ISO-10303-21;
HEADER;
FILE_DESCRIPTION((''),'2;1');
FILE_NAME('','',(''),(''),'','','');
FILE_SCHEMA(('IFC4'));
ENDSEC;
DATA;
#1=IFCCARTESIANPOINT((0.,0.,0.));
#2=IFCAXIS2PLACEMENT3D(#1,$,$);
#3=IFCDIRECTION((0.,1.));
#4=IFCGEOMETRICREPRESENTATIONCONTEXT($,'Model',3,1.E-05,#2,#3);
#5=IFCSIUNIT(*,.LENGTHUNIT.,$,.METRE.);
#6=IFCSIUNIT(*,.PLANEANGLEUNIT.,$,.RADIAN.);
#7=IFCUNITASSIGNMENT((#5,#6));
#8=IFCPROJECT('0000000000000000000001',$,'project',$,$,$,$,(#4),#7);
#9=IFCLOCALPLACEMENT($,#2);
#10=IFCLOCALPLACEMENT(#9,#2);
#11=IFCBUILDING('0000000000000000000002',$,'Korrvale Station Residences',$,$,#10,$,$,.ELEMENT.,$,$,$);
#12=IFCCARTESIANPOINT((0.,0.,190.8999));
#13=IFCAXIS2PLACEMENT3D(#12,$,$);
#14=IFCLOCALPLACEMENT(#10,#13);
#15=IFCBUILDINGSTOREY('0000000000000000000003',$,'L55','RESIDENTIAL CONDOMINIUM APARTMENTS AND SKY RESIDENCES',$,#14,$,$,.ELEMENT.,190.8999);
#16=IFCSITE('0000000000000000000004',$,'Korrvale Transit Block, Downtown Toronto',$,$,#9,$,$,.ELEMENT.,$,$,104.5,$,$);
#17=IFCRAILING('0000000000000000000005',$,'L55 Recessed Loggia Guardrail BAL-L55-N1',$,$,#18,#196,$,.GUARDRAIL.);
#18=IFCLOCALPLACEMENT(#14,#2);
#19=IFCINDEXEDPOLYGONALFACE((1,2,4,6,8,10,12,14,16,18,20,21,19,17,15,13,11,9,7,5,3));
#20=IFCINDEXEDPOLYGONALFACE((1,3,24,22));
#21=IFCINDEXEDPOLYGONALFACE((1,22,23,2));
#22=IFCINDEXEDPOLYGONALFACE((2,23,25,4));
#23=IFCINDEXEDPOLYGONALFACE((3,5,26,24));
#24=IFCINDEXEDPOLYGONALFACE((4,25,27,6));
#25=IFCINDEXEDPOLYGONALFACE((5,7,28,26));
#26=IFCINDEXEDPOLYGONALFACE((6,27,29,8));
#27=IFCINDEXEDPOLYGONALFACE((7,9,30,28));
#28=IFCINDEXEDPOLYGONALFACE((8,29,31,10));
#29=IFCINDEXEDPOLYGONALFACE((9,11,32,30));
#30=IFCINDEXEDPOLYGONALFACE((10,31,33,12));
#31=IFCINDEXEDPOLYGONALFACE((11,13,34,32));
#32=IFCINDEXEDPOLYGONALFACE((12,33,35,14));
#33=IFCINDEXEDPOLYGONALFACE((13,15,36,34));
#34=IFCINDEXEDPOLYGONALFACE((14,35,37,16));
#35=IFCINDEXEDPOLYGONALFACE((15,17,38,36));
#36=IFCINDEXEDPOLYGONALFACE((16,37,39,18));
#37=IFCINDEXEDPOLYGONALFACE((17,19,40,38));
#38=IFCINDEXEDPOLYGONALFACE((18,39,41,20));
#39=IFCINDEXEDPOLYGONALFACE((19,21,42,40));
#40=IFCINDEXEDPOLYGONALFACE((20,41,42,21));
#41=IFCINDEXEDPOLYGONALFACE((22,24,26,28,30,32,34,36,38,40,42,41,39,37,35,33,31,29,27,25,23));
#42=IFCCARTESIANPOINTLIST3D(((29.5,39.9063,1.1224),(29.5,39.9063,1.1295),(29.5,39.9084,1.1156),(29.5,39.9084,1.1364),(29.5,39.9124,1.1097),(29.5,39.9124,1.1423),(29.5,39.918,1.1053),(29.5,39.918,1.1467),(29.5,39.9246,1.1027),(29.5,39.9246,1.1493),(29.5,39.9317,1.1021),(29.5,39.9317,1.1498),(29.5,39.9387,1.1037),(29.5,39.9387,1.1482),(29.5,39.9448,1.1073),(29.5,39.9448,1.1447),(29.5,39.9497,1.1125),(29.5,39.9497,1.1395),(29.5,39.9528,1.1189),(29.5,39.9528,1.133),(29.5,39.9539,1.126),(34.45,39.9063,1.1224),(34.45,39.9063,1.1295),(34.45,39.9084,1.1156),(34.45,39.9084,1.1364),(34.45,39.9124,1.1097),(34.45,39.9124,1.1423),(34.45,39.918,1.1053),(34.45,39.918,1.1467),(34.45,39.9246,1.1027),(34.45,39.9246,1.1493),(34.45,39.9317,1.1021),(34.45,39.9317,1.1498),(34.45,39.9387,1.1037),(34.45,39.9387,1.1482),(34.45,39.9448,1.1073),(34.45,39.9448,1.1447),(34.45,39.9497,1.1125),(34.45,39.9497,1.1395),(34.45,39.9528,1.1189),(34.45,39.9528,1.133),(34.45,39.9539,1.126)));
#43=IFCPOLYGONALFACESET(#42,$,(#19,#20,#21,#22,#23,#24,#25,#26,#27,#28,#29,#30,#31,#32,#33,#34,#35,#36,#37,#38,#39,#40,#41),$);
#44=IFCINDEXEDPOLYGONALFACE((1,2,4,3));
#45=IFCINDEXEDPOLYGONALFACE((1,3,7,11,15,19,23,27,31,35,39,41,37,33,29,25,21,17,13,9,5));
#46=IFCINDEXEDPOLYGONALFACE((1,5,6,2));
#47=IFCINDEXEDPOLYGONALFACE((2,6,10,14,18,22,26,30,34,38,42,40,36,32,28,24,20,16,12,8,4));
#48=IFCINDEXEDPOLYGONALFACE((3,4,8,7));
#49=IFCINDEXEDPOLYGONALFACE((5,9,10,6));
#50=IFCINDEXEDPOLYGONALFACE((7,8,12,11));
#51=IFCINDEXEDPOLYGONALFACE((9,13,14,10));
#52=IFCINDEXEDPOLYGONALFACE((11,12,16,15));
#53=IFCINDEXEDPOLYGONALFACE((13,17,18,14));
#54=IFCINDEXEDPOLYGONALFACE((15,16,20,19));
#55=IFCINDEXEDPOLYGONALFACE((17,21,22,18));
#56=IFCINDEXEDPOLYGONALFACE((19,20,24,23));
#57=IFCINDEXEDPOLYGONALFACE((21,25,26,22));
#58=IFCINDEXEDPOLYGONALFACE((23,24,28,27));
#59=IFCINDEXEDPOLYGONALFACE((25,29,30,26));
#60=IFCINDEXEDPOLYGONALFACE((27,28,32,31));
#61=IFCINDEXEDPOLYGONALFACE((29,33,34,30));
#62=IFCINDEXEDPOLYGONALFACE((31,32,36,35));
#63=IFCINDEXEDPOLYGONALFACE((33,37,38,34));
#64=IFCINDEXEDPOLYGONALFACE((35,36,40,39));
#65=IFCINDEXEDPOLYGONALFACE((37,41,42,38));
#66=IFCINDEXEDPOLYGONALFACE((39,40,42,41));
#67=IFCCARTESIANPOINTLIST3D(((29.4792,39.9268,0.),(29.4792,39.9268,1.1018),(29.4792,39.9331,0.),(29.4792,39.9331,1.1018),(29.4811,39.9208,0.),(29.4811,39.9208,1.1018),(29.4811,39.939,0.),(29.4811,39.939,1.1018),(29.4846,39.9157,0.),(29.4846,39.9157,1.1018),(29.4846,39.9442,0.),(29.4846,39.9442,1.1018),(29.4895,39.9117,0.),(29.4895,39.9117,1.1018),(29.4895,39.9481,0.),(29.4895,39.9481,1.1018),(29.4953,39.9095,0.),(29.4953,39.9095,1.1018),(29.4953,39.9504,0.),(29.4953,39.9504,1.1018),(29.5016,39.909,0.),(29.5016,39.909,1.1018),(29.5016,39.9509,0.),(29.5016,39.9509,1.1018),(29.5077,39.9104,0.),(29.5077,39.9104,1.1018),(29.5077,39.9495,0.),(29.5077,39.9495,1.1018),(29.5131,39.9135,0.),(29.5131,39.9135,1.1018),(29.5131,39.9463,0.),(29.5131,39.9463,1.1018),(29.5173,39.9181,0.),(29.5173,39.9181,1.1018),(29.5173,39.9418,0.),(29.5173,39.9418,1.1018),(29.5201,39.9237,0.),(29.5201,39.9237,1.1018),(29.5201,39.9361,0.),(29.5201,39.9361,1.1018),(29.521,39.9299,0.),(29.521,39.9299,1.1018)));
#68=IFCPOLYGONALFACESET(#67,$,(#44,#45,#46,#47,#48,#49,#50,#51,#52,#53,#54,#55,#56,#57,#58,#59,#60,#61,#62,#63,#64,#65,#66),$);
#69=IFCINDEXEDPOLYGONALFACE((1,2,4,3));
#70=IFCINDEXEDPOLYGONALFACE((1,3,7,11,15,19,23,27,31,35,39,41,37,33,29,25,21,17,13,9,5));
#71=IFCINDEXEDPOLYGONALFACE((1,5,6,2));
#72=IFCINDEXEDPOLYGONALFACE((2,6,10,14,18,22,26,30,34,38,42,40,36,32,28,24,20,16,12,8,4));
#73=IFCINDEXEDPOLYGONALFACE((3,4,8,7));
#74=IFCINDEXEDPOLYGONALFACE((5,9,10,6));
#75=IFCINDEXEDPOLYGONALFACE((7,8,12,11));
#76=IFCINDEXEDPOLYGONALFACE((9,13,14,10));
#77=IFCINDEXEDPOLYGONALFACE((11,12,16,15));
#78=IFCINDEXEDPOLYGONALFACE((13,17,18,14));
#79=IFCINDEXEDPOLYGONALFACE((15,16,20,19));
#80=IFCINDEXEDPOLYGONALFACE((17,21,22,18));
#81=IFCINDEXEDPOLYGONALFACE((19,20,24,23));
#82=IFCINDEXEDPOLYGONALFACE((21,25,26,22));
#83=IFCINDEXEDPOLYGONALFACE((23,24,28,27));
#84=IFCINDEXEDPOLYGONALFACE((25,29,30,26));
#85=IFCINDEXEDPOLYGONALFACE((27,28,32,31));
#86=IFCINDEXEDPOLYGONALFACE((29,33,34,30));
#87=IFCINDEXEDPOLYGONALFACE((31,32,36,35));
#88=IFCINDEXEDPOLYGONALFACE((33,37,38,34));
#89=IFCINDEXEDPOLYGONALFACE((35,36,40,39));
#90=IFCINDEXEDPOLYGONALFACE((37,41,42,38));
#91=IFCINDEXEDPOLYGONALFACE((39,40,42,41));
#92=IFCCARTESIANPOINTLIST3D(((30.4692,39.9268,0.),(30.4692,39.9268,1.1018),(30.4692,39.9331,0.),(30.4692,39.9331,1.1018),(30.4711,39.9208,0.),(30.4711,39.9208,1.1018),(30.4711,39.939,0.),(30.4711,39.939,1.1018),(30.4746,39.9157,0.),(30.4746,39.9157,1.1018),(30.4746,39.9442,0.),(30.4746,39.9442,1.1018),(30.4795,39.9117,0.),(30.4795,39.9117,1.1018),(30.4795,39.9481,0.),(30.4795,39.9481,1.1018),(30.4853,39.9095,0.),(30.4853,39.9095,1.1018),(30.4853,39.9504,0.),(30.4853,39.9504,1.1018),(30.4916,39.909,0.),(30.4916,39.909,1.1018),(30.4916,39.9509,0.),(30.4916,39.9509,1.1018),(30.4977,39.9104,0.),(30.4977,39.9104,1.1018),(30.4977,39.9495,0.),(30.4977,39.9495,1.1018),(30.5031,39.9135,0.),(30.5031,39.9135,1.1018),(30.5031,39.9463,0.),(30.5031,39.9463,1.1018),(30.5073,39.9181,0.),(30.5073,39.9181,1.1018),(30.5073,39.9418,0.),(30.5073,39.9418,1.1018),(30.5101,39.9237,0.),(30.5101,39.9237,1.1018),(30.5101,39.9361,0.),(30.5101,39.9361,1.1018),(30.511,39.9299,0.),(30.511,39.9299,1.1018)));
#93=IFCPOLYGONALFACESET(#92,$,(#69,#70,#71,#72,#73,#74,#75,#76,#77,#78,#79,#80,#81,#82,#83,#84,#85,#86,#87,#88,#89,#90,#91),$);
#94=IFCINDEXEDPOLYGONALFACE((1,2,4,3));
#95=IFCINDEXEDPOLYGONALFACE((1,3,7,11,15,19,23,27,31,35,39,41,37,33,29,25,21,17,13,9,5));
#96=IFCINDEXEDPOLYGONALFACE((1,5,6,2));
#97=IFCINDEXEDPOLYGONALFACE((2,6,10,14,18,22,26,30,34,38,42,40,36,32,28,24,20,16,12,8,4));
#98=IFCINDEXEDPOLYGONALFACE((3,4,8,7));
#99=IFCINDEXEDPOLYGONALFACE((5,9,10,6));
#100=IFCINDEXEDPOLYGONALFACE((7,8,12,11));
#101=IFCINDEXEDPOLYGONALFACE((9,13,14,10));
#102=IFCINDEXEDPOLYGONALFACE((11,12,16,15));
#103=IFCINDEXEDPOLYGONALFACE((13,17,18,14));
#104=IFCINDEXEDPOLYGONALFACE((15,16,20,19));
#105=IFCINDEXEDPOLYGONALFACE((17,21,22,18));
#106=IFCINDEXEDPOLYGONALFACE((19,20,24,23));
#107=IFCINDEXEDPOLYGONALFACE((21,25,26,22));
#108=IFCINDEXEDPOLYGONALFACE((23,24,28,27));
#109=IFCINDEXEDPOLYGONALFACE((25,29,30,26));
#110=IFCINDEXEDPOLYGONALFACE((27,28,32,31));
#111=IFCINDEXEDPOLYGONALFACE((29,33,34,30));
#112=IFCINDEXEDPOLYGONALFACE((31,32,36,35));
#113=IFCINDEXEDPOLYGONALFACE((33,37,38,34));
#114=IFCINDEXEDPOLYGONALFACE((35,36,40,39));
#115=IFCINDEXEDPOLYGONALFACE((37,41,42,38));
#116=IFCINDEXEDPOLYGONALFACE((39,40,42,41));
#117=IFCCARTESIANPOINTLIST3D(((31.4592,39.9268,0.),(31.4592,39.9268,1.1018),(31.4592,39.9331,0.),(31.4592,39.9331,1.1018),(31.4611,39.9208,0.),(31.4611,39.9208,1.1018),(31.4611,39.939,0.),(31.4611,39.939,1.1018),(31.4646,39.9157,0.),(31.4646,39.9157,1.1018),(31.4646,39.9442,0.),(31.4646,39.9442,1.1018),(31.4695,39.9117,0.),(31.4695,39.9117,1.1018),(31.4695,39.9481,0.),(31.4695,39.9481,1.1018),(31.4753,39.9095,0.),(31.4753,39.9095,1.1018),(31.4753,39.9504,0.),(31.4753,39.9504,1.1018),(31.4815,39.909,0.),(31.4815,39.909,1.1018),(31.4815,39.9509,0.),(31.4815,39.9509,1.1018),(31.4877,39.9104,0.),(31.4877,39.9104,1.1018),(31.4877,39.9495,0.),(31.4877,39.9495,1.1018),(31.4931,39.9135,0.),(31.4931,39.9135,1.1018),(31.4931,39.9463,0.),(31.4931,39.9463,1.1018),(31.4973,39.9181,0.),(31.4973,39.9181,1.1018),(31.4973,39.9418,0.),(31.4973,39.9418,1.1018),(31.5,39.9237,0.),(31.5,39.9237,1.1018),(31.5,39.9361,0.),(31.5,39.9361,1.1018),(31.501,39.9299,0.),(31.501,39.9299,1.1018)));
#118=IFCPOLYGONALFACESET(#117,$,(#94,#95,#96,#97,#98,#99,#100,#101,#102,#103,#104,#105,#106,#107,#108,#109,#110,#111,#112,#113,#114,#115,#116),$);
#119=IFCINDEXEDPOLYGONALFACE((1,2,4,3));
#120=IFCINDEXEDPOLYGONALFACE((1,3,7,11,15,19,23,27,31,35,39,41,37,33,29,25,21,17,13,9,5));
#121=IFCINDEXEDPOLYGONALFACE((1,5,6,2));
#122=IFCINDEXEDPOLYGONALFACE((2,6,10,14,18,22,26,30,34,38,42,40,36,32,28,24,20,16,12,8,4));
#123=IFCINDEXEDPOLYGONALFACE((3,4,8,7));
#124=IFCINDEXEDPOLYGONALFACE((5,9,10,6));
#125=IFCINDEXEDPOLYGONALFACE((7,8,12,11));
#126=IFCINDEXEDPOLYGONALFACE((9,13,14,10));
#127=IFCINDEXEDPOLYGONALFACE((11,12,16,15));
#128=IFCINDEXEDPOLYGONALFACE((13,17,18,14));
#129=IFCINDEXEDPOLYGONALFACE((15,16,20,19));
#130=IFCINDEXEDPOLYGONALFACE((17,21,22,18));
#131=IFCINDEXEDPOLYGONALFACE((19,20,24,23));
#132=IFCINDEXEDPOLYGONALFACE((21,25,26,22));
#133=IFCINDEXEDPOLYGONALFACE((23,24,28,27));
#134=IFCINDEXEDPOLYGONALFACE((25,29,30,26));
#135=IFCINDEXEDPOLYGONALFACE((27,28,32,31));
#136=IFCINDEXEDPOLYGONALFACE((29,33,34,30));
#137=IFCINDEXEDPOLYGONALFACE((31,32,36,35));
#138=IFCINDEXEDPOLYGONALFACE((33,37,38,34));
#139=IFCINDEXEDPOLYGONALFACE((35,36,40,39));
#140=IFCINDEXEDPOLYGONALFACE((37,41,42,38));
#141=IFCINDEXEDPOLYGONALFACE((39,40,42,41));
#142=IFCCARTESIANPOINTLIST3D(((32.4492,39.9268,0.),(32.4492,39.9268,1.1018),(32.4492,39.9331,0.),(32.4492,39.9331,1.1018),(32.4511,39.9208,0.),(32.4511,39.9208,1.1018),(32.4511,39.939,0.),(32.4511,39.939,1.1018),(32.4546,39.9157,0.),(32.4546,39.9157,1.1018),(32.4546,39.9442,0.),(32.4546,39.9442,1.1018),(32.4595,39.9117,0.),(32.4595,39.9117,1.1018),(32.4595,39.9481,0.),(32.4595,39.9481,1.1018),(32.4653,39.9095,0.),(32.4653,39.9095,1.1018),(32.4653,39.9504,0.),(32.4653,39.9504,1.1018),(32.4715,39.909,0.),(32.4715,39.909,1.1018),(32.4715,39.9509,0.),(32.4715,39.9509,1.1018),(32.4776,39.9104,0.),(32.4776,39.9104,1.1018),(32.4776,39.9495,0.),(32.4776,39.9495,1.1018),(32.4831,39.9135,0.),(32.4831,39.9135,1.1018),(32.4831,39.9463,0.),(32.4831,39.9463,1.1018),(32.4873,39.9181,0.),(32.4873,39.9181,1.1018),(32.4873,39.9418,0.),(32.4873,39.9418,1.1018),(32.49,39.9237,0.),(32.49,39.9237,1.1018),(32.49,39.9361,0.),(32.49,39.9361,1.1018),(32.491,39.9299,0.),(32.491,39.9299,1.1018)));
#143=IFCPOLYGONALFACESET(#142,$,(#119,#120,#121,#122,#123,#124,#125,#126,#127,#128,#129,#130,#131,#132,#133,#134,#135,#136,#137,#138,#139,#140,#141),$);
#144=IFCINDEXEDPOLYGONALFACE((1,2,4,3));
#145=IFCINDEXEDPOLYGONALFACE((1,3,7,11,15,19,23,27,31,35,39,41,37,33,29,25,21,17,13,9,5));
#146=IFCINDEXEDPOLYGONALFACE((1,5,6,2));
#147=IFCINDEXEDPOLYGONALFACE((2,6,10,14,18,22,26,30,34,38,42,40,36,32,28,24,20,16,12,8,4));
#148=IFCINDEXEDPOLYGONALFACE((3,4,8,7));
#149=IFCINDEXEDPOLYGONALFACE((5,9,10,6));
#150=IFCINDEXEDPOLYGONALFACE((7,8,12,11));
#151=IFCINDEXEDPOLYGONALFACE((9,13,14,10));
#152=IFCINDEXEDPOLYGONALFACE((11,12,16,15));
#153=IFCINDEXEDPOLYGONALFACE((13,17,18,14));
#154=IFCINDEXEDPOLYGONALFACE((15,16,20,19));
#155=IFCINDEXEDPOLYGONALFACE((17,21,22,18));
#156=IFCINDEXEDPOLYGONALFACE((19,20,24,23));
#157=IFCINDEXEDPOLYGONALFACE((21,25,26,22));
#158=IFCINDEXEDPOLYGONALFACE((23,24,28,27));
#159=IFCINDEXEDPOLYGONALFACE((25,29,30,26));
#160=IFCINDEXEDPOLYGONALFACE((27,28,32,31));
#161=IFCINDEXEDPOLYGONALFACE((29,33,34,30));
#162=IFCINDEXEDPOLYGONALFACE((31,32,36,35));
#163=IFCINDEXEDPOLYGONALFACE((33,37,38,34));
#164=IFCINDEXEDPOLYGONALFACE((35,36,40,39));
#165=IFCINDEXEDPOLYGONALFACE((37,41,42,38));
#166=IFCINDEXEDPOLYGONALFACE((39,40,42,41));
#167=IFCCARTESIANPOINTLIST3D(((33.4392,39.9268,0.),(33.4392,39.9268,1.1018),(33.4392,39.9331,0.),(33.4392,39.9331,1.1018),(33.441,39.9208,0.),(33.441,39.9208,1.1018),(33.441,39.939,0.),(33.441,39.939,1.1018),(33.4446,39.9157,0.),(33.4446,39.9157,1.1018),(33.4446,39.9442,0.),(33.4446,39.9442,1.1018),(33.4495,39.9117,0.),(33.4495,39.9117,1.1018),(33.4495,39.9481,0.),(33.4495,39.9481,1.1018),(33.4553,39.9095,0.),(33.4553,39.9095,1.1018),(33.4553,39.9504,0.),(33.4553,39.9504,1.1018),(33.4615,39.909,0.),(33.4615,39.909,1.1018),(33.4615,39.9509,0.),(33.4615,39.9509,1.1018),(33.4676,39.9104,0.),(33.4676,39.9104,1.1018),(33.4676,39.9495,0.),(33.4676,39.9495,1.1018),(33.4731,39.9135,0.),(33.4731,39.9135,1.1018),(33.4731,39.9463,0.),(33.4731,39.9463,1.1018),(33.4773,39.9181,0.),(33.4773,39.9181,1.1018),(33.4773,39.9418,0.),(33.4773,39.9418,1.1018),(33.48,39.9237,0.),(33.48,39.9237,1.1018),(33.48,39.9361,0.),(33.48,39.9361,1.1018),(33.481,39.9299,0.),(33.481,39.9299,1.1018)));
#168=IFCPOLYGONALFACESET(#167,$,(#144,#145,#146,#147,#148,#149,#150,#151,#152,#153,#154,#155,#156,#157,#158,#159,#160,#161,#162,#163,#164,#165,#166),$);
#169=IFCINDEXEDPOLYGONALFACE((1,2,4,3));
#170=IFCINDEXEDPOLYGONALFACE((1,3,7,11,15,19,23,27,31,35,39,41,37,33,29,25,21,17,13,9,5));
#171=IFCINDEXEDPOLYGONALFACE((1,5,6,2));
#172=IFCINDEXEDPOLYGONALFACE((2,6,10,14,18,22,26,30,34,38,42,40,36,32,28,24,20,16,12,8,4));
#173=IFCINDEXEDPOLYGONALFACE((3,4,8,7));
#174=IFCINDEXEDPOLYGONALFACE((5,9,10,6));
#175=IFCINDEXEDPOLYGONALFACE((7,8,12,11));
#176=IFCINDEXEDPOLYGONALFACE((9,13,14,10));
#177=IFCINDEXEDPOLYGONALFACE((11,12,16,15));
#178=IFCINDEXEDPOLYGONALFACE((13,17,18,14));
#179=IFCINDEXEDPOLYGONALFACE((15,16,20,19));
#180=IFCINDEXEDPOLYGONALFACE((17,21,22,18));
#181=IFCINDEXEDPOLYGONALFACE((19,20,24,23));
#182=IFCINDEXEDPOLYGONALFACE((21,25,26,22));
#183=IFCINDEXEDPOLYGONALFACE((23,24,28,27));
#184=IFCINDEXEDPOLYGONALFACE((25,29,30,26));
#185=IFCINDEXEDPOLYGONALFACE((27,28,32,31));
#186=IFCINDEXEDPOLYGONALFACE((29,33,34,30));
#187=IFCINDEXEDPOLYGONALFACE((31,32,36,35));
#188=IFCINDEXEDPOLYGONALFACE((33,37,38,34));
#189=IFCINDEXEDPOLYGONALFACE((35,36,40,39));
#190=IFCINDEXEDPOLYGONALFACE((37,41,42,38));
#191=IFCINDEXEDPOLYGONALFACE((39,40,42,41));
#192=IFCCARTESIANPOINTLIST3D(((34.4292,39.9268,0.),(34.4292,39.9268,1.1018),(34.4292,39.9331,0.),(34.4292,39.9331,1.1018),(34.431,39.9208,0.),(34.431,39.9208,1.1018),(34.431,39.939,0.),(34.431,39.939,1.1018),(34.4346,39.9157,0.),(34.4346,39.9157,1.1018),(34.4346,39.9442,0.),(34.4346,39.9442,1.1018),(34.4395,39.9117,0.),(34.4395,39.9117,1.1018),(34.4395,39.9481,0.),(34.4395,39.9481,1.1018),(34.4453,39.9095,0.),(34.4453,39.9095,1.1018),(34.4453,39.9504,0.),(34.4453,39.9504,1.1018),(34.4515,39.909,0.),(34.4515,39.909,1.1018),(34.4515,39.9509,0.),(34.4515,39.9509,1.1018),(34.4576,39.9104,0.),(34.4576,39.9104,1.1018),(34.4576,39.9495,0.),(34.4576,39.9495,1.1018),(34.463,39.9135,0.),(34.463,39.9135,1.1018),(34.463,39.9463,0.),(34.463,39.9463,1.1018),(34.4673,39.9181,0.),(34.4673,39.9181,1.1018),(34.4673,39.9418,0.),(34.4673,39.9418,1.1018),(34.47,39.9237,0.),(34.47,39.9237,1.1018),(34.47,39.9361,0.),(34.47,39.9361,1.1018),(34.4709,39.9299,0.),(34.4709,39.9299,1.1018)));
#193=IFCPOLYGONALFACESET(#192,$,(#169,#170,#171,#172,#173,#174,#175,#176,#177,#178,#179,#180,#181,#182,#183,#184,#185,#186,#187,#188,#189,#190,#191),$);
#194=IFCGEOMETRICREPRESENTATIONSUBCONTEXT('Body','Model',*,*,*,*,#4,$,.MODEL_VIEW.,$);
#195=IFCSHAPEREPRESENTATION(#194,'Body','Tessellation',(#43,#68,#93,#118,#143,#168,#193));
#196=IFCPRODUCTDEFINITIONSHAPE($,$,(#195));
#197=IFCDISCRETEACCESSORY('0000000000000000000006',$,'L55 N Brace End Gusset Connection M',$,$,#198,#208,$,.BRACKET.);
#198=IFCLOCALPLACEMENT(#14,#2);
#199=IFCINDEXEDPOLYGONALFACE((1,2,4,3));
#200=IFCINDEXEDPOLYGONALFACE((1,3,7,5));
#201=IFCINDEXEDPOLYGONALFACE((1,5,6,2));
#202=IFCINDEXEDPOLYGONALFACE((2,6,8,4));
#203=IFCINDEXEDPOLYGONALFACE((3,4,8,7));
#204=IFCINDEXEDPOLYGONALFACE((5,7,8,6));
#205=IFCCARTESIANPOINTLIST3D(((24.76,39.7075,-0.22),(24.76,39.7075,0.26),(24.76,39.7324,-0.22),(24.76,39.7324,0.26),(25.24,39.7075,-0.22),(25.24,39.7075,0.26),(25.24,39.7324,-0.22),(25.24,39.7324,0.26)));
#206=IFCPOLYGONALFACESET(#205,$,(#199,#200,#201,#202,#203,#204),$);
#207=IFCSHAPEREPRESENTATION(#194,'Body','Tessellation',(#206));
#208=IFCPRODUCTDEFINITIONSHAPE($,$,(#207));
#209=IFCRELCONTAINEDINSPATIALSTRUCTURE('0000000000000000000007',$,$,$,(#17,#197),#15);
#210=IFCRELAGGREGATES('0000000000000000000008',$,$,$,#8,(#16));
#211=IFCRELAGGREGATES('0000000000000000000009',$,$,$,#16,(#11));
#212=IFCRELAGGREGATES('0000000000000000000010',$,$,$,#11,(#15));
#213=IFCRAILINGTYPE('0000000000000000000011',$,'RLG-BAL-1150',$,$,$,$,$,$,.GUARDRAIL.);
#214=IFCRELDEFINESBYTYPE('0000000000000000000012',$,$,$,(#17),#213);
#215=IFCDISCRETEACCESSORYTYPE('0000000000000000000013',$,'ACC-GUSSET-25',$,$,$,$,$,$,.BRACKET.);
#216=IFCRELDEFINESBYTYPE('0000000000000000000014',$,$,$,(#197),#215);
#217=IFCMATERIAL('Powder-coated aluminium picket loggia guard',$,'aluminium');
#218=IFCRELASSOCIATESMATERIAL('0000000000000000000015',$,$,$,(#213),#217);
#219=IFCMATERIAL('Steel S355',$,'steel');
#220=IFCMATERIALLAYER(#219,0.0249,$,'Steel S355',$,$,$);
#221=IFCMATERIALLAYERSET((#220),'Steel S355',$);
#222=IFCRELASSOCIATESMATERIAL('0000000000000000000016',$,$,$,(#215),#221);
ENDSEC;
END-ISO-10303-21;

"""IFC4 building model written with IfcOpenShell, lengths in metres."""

from ifc_helpers import new_model, si_unit, direction, frame, origin, origin_2d, place, context, subcontext, project, spatial, rectangle, circle, extrude, material, layer, layer_set, type_object, element, save


model = new_model("IFC4")

# Units and contexts
model_context = context("Model", 3, precision=1e-05, world=origin(), true_north=direction((0.0, 1.0)))
body_context = subcontext(model_context, "Body", "Model", "MODEL_VIEW")
ifc_project = project(units=[si_unit("LENGTHUNIT", "METRE"), si_unit("PLANEANGLEUNIT", "RADIAN")], contexts=[model_context])

# Site, building, storey
site_placement = place(None, origin())
site = spatial("IfcSite", under=ifc_project, at=site_placement, Name="Korrvale Transit Block, Downtown Toronto", CompositionType="ELEMENT", RefElevation=104.5)
building_placement = place(site_placement, origin())
building = spatial("IfcBuilding", under=site, at=building_placement, Name="Korrvale Station Residences", CompositionType="ELEMENT")
storey_placement = place(building_placement, frame((0.0, 0.0, 190.8999)))
storey = spatial("IfcBuildingStorey", under=building, at=storey_placement, Name="L55", Description="RESIDENTIAL CONDOMINIUM APARTMENTS AND SKY RESIDENCES", CompositionType="ELEMENT", Elevation=190.8999)

# Shared definitions
ifc_material_1 = material(Name="Steel S355", Category="steel")

# Railing
ifc_material_2 = material(Name="Powder-coated aluminium picket loggia guard", Category="aluminium")
railing_type = type_object("IfcRailingType", Name="RLG-BAL-1150", PredefinedType="GUARDRAIL", material=ifc_material_2)
railing_placement = place(storey_placement, frame((29.5, 39.9299, 0.0)))
element("IfcRailing", 1, at=railing_placement, inside=storey, type_object=railing_type, Name="L55 Recessed Loggia Guardrail BAL-L55-N1", PredefinedType="GUARDRAIL", context=body_context, shape_type="SweptSolid", body=[
    extrude(circle(Radius=0.0239, at=origin_2d()), frame((0.0, 0.0, 1.126), z_axis=(1.0, 0.0, 0.0), x_axis=(0.0, 1.0, 0.0)), (0.0, 0.0, 1.0), 4.95),
    extrude(circle(Radius=0.021, at=origin_2d()), origin(), (0.0, 0.0, 1.0), 1.1018),
    extrude(circle(Radius=0.021, at=origin_2d()), frame((0.99, 0.0, 0.0)), (0.0, 0.0, 1.0), 1.1018),
    extrude(circle(Radius=0.021, at=origin_2d()), frame((1.98, 0.0, 0.0)), (0.0, 0.0, 1.0), 1.1018),
    extrude(circle(Radius=0.021, at=origin_2d()), frame((2.97, 0.0, 0.0)), (0.0, 0.0, 1.0), 1.1018),
    extrude(circle(Radius=0.021, at=origin_2d()), frame((3.96, 0.0, 0.0)), (0.0, 0.0, 1.0), 1.1018),
    extrude(circle(Radius=0.021, at=origin_2d()), frame((4.95, 0.0, 0.0)), (0.0, 0.0, 1.0), 1.1018),
])

# Discrete accessory
ifc_layer_1 = layer(ifc_material_1, 0.0249, Name="Steel S355")
ifc_layer_set_1 = layer_set([ifc_layer_1], Name="Steel S355")
discrete_accessory_type = type_object("IfcDiscreteAccessoryType", Name="ACC-GUSSET-25", PredefinedType="BRACKET", material=ifc_layer_set_1)
for number, where, z_axis, x_axis, name in (
    (2, (25.0, 39.72, -0.22), (0.0, 0.0, 1.0), (1.0, 0.0, 0.0), "L55 N Brace End Gusset Connection M"),
):
    element("IfcDiscreteAccessory", number, at=place(storey_placement, frame(where, z_axis=z_axis, x_axis=x_axis)), inside=storey, type_object=discrete_accessory_type, Name=name, PredefinedType="BRACKET", context=body_context, shape_type="SweptSolid", body=[
        extrude(rectangle(XDim=0.48, YDim=0.0249, at=origin_2d()), origin(), (0.0, 0.0, 1.0), 0.48),
    ])

save(model, "model.ifc")
